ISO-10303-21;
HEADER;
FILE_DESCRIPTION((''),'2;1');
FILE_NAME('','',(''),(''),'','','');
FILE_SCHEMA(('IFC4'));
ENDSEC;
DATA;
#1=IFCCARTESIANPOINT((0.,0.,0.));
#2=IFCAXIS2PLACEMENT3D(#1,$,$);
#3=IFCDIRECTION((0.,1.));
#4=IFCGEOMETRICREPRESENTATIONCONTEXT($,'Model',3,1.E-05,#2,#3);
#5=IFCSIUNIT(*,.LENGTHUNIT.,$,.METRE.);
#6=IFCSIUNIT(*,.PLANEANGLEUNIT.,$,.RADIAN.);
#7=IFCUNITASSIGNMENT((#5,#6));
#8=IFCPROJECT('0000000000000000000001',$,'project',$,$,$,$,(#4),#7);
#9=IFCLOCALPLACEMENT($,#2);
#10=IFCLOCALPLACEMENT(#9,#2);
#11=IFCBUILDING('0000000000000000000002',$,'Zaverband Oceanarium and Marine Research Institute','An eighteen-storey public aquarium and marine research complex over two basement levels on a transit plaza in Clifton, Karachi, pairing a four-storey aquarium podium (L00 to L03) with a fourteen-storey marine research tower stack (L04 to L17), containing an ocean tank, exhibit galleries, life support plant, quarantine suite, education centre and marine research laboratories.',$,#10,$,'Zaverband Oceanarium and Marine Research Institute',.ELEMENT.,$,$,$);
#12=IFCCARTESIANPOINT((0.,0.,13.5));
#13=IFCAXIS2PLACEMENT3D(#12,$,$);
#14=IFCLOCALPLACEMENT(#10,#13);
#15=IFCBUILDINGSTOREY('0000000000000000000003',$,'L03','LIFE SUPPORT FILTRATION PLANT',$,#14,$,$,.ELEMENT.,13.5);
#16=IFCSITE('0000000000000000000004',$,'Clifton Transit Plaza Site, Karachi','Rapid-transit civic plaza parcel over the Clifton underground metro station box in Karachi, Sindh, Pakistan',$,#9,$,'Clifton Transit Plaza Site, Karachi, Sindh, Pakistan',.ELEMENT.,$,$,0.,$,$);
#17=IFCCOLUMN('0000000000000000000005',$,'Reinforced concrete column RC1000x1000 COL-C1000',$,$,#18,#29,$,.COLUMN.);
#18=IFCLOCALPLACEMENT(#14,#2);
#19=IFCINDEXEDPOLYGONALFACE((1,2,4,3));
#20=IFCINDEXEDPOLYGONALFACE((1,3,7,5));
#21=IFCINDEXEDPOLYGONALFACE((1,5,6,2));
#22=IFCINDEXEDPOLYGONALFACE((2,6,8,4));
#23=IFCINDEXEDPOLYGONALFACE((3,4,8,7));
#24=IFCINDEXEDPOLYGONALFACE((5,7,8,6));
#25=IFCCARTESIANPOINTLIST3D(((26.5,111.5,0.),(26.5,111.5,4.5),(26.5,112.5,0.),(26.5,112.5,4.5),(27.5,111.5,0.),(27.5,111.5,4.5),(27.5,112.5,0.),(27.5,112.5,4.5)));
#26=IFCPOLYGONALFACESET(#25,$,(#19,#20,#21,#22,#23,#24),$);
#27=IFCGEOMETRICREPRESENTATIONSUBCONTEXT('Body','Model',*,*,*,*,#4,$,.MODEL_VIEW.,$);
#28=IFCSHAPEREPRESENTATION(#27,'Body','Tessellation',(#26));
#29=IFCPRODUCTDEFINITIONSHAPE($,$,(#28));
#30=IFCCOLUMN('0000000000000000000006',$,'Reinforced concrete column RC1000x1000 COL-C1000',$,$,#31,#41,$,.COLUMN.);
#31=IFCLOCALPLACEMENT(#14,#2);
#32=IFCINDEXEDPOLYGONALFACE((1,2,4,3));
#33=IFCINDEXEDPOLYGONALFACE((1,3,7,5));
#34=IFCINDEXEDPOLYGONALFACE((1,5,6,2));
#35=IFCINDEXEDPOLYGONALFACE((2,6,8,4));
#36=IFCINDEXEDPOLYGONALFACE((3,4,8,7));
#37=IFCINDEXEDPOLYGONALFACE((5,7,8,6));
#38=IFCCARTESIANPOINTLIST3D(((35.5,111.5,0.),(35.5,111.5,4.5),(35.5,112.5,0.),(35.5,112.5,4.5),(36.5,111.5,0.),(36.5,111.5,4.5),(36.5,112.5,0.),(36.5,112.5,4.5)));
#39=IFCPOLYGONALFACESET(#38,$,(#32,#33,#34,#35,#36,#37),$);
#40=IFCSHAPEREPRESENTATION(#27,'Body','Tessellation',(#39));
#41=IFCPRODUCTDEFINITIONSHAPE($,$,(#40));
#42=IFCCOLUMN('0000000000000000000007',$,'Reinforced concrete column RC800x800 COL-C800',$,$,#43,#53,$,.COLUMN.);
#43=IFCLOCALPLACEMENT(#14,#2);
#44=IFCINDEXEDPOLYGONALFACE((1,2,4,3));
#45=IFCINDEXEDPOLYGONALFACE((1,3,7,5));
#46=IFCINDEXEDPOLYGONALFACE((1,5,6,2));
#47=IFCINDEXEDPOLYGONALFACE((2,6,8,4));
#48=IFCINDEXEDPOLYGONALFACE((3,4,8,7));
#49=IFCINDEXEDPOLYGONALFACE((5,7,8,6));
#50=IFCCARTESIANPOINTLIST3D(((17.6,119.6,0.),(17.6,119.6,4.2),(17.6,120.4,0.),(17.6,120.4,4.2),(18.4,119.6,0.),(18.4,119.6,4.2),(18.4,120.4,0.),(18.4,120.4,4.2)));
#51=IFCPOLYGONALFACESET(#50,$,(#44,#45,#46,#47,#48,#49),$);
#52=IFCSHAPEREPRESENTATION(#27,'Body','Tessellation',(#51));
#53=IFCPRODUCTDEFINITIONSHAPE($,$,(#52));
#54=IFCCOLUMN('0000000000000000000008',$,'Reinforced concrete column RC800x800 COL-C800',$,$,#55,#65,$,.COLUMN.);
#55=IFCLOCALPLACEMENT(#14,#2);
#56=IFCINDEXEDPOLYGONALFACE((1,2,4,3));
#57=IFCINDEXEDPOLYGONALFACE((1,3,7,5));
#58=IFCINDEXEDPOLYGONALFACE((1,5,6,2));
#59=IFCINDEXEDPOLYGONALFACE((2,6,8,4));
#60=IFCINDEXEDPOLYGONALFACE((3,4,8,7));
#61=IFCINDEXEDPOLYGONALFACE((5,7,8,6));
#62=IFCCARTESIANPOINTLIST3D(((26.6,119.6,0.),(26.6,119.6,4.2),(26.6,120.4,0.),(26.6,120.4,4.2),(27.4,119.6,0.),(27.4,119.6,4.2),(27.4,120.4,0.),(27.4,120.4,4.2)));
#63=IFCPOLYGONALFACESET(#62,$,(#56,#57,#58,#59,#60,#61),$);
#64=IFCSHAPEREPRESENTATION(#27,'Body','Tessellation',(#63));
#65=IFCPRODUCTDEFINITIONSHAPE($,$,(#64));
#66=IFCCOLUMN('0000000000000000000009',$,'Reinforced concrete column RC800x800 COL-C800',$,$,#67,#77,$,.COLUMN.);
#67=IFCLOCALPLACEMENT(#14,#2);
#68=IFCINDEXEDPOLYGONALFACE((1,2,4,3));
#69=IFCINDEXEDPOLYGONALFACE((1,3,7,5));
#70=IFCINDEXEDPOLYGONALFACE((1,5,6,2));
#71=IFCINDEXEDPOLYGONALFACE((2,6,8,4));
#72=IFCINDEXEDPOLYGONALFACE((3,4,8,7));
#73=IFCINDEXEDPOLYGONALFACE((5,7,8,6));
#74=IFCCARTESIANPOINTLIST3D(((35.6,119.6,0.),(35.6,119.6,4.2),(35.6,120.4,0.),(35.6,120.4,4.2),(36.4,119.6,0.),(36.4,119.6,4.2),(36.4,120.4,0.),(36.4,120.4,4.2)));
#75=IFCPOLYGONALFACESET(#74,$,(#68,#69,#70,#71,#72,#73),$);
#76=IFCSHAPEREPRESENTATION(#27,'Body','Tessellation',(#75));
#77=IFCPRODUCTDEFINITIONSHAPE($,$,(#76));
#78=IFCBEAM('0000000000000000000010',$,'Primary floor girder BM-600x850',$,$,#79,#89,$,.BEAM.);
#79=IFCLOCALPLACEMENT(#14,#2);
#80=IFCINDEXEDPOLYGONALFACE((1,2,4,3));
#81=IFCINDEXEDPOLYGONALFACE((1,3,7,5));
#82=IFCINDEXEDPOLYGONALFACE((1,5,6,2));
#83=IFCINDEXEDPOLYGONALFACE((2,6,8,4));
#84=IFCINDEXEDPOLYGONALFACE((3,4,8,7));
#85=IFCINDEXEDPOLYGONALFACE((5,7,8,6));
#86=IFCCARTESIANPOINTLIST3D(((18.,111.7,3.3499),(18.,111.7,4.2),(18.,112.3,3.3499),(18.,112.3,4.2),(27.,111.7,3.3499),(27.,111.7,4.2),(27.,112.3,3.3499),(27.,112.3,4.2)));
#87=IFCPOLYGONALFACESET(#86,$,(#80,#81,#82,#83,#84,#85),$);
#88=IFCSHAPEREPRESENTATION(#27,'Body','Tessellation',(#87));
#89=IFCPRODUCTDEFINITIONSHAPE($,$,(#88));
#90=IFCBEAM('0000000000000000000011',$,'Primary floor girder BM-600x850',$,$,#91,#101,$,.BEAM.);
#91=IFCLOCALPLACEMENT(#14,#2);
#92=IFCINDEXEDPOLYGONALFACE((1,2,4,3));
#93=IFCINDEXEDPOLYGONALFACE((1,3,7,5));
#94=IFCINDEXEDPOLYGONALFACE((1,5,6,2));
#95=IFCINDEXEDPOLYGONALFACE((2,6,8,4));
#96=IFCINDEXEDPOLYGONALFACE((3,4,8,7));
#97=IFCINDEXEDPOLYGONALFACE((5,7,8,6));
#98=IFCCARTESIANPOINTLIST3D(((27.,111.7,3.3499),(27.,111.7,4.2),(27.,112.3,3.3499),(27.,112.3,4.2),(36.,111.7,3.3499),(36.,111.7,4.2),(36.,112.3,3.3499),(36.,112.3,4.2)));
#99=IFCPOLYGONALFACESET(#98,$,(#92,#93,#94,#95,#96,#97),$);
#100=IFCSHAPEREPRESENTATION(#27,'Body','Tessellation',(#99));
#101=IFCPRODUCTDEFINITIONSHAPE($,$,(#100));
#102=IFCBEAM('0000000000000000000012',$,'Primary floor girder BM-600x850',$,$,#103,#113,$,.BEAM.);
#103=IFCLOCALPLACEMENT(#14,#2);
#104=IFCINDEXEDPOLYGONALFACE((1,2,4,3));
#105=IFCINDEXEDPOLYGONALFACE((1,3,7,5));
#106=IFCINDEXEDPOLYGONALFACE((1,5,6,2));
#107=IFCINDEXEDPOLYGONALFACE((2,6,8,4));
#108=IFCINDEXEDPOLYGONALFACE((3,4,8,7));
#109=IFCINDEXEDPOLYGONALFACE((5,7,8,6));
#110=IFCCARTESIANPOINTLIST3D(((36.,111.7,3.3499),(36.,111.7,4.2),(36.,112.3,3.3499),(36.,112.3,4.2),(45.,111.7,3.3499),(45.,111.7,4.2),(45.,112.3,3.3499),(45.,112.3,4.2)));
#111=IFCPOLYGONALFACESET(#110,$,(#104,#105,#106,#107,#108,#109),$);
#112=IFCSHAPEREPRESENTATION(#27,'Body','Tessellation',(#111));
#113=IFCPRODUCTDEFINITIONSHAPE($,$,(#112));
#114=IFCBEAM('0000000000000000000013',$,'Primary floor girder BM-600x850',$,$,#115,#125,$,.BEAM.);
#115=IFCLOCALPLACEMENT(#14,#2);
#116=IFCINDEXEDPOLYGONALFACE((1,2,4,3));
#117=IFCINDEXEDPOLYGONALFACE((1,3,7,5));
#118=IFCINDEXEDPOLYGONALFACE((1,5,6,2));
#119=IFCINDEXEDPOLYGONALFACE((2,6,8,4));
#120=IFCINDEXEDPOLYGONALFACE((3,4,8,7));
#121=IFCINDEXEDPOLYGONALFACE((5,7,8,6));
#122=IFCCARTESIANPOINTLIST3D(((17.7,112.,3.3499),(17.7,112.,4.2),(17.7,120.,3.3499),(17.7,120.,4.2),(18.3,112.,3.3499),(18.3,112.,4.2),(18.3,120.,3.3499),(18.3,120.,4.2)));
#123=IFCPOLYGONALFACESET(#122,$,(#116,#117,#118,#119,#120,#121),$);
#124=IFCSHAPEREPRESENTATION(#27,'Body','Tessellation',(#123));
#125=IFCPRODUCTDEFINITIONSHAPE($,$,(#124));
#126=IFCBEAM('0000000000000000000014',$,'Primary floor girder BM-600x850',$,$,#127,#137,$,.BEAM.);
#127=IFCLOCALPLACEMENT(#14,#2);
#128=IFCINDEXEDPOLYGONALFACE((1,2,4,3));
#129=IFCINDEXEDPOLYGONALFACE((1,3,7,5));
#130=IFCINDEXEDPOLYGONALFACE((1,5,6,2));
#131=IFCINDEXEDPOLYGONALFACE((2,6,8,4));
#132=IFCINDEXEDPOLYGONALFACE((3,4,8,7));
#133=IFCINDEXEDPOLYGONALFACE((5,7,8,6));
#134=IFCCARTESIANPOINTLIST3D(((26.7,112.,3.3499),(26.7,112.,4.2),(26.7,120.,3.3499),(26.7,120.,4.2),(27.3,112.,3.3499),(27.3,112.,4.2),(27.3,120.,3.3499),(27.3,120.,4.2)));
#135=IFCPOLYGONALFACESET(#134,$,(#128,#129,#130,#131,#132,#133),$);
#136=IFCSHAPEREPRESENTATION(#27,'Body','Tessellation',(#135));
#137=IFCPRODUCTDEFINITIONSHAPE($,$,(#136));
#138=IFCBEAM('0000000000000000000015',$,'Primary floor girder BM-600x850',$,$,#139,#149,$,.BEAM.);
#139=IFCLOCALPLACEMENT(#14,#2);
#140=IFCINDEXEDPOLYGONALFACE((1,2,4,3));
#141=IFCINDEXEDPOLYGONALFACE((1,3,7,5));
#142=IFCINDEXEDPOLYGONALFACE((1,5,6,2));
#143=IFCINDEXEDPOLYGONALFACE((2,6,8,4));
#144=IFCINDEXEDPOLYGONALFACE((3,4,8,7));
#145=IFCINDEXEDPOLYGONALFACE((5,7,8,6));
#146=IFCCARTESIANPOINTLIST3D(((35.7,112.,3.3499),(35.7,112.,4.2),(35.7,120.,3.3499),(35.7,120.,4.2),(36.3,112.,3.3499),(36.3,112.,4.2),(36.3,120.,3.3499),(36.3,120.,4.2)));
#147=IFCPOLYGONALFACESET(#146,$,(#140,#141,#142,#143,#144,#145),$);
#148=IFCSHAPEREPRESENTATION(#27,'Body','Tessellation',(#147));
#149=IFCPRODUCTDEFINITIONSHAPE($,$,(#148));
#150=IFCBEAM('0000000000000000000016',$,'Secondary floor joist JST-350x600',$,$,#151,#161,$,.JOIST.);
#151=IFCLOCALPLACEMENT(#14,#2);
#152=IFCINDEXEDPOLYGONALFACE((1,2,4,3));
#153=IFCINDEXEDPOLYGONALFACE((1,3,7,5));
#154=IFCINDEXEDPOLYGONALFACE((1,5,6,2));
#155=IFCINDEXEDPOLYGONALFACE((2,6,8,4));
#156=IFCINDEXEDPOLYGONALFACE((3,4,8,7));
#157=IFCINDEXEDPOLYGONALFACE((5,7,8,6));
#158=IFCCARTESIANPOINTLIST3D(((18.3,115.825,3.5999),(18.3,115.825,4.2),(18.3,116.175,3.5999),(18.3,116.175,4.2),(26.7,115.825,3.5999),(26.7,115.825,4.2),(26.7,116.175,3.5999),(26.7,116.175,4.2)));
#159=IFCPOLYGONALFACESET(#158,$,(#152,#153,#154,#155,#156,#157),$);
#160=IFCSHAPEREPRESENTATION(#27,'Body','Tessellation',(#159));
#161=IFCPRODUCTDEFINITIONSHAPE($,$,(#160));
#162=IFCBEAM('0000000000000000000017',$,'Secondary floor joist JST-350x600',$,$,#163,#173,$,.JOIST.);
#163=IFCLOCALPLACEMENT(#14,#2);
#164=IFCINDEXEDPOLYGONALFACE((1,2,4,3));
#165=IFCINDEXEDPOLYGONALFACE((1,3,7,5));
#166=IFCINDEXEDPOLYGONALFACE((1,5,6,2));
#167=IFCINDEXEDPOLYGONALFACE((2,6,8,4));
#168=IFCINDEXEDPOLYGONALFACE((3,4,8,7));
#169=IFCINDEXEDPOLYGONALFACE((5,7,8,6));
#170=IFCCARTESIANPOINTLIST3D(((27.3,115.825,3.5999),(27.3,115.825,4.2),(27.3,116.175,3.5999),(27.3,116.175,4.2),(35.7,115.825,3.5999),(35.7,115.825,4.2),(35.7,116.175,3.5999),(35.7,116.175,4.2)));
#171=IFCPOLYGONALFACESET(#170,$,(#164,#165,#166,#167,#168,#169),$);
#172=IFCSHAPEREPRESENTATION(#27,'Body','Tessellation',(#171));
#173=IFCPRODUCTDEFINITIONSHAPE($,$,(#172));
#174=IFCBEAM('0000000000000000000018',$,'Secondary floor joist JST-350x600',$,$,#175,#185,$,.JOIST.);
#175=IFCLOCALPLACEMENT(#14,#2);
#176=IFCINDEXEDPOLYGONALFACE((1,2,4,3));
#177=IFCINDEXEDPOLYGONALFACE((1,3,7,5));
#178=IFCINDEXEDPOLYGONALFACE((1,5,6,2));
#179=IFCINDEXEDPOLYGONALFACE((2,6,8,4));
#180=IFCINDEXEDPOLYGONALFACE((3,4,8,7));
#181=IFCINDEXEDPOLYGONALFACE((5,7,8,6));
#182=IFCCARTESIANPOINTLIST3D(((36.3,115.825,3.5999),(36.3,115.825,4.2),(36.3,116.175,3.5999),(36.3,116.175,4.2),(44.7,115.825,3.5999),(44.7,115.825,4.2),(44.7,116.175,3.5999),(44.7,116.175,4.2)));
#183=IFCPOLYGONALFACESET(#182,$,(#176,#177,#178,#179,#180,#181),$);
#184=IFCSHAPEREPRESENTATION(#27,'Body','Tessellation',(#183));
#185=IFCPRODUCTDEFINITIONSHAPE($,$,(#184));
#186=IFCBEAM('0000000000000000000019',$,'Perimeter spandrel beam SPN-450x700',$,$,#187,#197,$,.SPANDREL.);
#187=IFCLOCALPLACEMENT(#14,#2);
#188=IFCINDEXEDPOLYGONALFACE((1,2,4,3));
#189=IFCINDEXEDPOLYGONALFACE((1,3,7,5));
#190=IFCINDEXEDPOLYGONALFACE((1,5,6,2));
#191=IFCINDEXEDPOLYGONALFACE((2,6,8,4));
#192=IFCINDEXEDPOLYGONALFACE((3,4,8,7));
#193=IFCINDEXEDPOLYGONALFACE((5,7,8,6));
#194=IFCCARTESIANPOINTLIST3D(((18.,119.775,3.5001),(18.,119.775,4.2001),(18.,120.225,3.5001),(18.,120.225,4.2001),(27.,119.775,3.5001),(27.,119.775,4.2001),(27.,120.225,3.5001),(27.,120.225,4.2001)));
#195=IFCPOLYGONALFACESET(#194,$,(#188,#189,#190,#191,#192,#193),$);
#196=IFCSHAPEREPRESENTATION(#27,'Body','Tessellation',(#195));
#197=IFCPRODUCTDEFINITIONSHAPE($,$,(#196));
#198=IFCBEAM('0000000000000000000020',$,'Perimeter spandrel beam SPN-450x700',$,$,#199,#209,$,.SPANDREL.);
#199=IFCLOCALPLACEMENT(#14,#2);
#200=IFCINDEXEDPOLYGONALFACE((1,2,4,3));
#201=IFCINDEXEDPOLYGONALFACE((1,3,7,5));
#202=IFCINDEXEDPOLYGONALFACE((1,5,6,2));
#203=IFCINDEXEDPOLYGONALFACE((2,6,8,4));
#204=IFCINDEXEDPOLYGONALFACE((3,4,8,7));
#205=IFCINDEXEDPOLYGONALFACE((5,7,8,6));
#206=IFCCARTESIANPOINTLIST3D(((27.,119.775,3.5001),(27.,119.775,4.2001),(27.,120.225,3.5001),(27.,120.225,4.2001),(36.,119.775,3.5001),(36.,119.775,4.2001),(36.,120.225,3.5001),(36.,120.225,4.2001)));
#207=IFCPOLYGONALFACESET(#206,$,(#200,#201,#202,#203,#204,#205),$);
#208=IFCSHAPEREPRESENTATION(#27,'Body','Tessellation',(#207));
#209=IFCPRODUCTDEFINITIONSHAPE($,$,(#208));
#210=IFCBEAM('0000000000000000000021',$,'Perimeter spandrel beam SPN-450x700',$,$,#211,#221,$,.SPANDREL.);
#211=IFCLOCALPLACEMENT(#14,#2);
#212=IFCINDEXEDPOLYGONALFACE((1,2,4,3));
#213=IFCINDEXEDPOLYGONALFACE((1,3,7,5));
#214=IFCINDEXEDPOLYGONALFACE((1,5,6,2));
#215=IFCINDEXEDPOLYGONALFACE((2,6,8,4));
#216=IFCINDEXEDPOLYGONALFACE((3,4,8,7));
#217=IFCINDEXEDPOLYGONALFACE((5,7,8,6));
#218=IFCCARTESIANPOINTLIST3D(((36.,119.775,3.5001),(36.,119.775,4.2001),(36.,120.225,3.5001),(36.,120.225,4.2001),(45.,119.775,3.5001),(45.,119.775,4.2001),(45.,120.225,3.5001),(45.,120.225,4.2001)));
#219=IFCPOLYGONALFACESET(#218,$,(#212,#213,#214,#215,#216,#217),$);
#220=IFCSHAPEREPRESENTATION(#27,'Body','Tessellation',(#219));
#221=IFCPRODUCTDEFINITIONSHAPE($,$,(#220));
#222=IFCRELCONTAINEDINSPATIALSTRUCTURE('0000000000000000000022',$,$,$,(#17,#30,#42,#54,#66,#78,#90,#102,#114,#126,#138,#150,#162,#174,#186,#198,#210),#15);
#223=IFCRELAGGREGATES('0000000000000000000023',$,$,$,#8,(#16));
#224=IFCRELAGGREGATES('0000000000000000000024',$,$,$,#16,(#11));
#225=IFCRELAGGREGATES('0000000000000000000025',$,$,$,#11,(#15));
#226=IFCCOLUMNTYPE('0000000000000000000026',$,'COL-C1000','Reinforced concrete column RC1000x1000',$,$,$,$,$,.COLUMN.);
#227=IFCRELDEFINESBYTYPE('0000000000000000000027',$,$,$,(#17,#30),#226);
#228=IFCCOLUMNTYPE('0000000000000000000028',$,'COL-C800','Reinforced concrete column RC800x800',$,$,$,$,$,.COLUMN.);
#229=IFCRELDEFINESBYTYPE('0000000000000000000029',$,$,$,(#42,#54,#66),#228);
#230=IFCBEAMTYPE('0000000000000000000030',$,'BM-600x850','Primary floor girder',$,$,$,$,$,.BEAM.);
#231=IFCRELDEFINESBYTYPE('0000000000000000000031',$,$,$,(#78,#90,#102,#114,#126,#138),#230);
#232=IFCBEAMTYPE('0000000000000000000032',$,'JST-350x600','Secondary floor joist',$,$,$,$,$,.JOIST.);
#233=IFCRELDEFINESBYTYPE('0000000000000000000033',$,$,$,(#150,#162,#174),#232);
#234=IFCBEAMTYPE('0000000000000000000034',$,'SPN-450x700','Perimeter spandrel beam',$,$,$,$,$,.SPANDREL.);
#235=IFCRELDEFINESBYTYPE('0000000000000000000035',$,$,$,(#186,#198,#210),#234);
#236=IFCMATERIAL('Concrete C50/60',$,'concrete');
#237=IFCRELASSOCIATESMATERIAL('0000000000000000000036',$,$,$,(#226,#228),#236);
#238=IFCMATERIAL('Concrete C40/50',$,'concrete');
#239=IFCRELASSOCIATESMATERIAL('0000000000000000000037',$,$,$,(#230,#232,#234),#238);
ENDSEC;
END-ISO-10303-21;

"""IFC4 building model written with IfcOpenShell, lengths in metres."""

from ifc_helpers import new_model, si_unit, direction, frame, origin, origin_2d, place, context, subcontext, project, spatial, rectangle, extrude, material, material_profile, profile_set, type_object, element, save


model = new_model("IFC4")

# Units and contexts
model_context = context("Model", 3, precision=1e-05, world=origin(), true_north=direction((0.0, 1.0)))
body_context = subcontext(model_context, "Body", "Model", "MODEL_VIEW")
ifc_project = project(units=[si_unit("LENGTHUNIT", "METRE"), si_unit("PLANEANGLEUNIT", "RADIAN")], contexts=[model_context])

# Site, building, storey
site_placement = place(None, origin())
site = spatial("IfcSite", under=ifc_project, at=site_placement, Name="Clifton Transit Plaza Site, Karachi", Description="Rapid-transit civic plaza parcel over the Clifton underground metro station box in Karachi, Sindh, Pakistan", LongName="Clifton Transit Plaza Site, Karachi, Sindh, Pakistan", CompositionType="ELEMENT", RefElevation=0.0)
building_placement = place(site_placement, origin())
building = spatial("IfcBuilding", under=site, at=building_placement, Name="Zaverband Oceanarium and Marine Research Institute", Description="An eighteen-storey public aquarium and marine research complex over two basement levels on a transit plaza in Clifton, Karachi, pairing a four-storey aquarium podium (L00 to L03) with a fourteen-storey marine research tower stack (L04 to L17), containing an ocean tank, exhibit galleries, life support plant, quarantine suite, education centre and marine research laboratories.", LongName="Zaverband Oceanarium and Marine Research Institute", CompositionType="ELEMENT")
storey_placement = place(building_placement, frame((0.0, 0.0, 13.5)))
storey = spatial("IfcBuildingStorey", under=building, at=storey_placement, Name="L03", Description="LIFE SUPPORT FILTRATION PLANT", CompositionType="ELEMENT", Elevation=13.5)

# Columns
ifc_material_1 = material(Name="Concrete C50/60", Category="concrete")
ifc_material_profile_1 = material_profile(ifc_material_1, rectangle(XDim=1.0, YDim=1.0, at=origin_2d()), Name="RC1000x1000")
ifc_profile_set_1 = profile_set([ifc_material_profile_1], Name="Concrete C50/60")
column_type_1 = type_object("IfcColumnType", Name="COL-C1000", Description="Reinforced concrete column RC1000x1000", PredefinedType="COLUMN", material=ifc_profile_set_1)
for number, where, z_axis, x_axis, name in (
    (1, (27.0, 112.0, 0.0), (0.0, 0.0, 1.0), (1.0, 0.0, 0.0), "Reinforced concrete column RC1000x1000 COL-C1000"),
    (2, (36.0, 112.0, 0.0), (0.0, 0.0, 1.0), (1.0, 0.0, 0.0), "Reinforced concrete column RC1000x1000 COL-C1000"),
):
    element("IfcColumn", number, at=place(storey_placement, frame(where, z_axis=z_axis, x_axis=x_axis)), inside=storey, type_object=column_type_1, Name=name, PredefinedType="COLUMN", context=body_context, shape_type="SweptSolid", body=[
        extrude(rectangle(XDim=1.0, YDim=1.0, at=origin_2d()), origin(), (0.0, 0.0, 1.0), 4.5),
    ])
ifc_material_profile_2 = material_profile(ifc_material_1, rectangle(XDim=0.8, YDim=0.8, at=origin_2d()), Name="RC800x800")
ifc_profile_set_2 = profile_set([ifc_material_profile_2], Name="Concrete C50/60")
column_type_2 = type_object("IfcColumnType", Name="COL-C800", Description="Reinforced concrete column RC800x800", PredefinedType="COLUMN", material=ifc_profile_set_2)
for number, where, z_axis, x_axis, name in (
    (3, (18.0, 120.0, 0.0), (0.0, 0.0, 1.0), (1.0, 0.0, 0.0), "Reinforced concrete column RC800x800 COL-C800"),
    (4, (27.0, 120.0, 0.0), (0.0, 0.0, 1.0), (1.0, 0.0, 0.0), "Reinforced concrete column RC800x800 COL-C800"),
    (5, (36.0, 120.0, 0.0), (0.0, 0.0, 1.0), (1.0, 0.0, 0.0), "Reinforced concrete column RC800x800 COL-C800"),
):
    element("IfcColumn", number, at=place(storey_placement, frame(where, z_axis=z_axis, x_axis=x_axis)), inside=storey, type_object=column_type_2, Name=name, PredefinedType="COLUMN", context=body_context, shape_type="SweptSolid", body=[
        extrude(rectangle(XDim=0.8, YDim=0.8, at=origin_2d()), origin(), (0.0, 0.0, 1.0), 4.2),
    ])

# Beams
ifc_material_2 = material(Name="Concrete C40/50", Category="concrete")
ifc_material_profile_3 = material_profile(ifc_material_2, rectangle(XDim=0.6001, YDim=0.8501, at=origin_2d()), Name="RC600x850")
ifc_profile_set_3 = profile_set([ifc_material_profile_3], Name="Concrete C40/50")
beam_type_1 = type_object("IfcBeamType", Name="BM-600x850", Description="Primary floor girder", PredefinedType="BEAM", material=ifc_profile_set_3)
for number, where, z_axis, x_axis, name in (
    (6, (18.0, 112.0, 3.7749), (1.0, 0.0, 0.0), (0.0, 1.0, 0.0), "Primary floor girder BM-600x850"),
    (7, (27.0, 112.0, 3.7749), (1.0, 0.0, 0.0), (0.0, 1.0, 0.0), "Primary floor girder BM-600x850"),
    (8, (36.0, 112.0, 3.7749), (1.0, 0.0, 0.0), (0.0, 1.0, 0.0), "Primary floor girder BM-600x850"),
):
    element("IfcBeam", number, at=place(storey_placement, frame(where, z_axis=z_axis, x_axis=x_axis)), inside=storey, type_object=beam_type_1, Name=name, PredefinedType="BEAM", context=body_context, shape_type="SweptSolid", body=[
        extrude(rectangle(XDim=0.6001, YDim=0.8501, at=origin_2d()), origin(), (0.0, 0.0, 1.0), 9.0),
    ])
for number, where, z_axis, x_axis, name in (
    (9, (18.0, 112.0, 3.7749), (0.0, 1.0, 0.0), (-1.0, 0.0, 0.0), "Primary floor girder BM-600x850"),
    (10, (27.0, 112.0, 3.7749), (0.0, 1.0, 0.0), (-1.0, 0.0, 0.0), "Primary floor girder BM-600x850"),
    (11, (36.0, 112.0, 3.7749), (0.0, 1.0, 0.0), (-1.0, 0.0, 0.0), "Primary floor girder BM-600x850"),
):
    element("IfcBeam", number, at=place(storey_placement, frame(where, z_axis=z_axis, x_axis=x_axis)), inside=storey, type_object=beam_type_1, Name=name, PredefinedType="BEAM", context=body_context, shape_type="SweptSolid", body=[
        extrude(rectangle(XDim=0.6001, YDim=0.8501, at=origin_2d()), origin(), (0.0, 0.0, 1.0), 8.0),
    ])
ifc_material_profile_4 = material_profile(ifc_material_2, rectangle(XDim=0.3501, YDim=0.6001, at=origin_2d()), Name="RC350x600")
ifc_profile_set_4 = profile_set([ifc_material_profile_4], Name="Concrete C40/50")
beam_type_2 = type_object("IfcBeamType", Name="JST-350x600", Description="Secondary floor joist", PredefinedType="JOIST", material=ifc_profile_set_4)
for number, where, z_axis, x_axis, name in (
    (12, (18.3, 116.0, 3.8999), (1.0, 0.0, 0.0), (0.0, 1.0, 0.0), "Secondary floor joist JST-350x600"),
    (13, (27.3, 116.0, 3.8999), (1.0, 0.0, 0.0), (0.0, 1.0, 0.0), "Secondary floor joist JST-350x600"),
    (14, (36.3, 116.0, 3.8999), (1.0, 0.0, 0.0), (0.0, 1.0, 0.0), "Secondary floor joist JST-350x600"),
):
    element("IfcBeam", number, at=place(storey_placement, frame(where, z_axis=z_axis, x_axis=x_axis)), inside=storey, type_object=beam_type_2, Name=name, PredefinedType="JOIST", context=body_context, shape_type="SweptSolid", body=[
        extrude(rectangle(XDim=0.3501, YDim=0.6001, at=origin_2d()), origin(), (0.0, 0.0, 1.0), 8.3999),
    ])
ifc_material_profile_5 = material_profile(ifc_material_2, rectangle(XDim=0.45, YDim=0.7, at=origin_2d()), Name="RC450x700")
ifc_profile_set_5 = profile_set([ifc_material_profile_5], Name="Concrete C40/50")
beam_type_3 = type_object("IfcBeamType", Name="SPN-450x700", Description="Perimeter spandrel beam", PredefinedType="SPANDREL", material=ifc_profile_set_5)
for number, where, z_axis, x_axis, name in (
    (15, (18.0, 120.0, 3.8501), (1.0, 0.0, 0.0), (0.0, 1.0, 0.0), "Perimeter spandrel beam SPN-450x700"),
    (16, (27.0, 120.0, 3.8501), (1.0, 0.0, 0.0), (0.0, 1.0, 0.0), "Perimeter spandrel beam SPN-450x700"),
    (17, (36.0, 120.0, 3.8501), (1.0, 0.0, 0.0), (0.0, 1.0, 0.0), "Perimeter spandrel beam SPN-450x700"),
):
    element("IfcBeam", number, at=place(storey_placement, frame(where, z_axis=z_axis, x_axis=x_axis)), inside=storey, type_object=beam_type_3, Name=name, PredefinedType="SPANDREL", context=body_context, shape_type="SweptSolid", body=[
        extrude(rectangle(XDim=0.45, YDim=0.7, at=origin_2d()), origin(), (0.0, 0.0, 1.0), 9.0),
    ])

save(model, "model.ifc")
